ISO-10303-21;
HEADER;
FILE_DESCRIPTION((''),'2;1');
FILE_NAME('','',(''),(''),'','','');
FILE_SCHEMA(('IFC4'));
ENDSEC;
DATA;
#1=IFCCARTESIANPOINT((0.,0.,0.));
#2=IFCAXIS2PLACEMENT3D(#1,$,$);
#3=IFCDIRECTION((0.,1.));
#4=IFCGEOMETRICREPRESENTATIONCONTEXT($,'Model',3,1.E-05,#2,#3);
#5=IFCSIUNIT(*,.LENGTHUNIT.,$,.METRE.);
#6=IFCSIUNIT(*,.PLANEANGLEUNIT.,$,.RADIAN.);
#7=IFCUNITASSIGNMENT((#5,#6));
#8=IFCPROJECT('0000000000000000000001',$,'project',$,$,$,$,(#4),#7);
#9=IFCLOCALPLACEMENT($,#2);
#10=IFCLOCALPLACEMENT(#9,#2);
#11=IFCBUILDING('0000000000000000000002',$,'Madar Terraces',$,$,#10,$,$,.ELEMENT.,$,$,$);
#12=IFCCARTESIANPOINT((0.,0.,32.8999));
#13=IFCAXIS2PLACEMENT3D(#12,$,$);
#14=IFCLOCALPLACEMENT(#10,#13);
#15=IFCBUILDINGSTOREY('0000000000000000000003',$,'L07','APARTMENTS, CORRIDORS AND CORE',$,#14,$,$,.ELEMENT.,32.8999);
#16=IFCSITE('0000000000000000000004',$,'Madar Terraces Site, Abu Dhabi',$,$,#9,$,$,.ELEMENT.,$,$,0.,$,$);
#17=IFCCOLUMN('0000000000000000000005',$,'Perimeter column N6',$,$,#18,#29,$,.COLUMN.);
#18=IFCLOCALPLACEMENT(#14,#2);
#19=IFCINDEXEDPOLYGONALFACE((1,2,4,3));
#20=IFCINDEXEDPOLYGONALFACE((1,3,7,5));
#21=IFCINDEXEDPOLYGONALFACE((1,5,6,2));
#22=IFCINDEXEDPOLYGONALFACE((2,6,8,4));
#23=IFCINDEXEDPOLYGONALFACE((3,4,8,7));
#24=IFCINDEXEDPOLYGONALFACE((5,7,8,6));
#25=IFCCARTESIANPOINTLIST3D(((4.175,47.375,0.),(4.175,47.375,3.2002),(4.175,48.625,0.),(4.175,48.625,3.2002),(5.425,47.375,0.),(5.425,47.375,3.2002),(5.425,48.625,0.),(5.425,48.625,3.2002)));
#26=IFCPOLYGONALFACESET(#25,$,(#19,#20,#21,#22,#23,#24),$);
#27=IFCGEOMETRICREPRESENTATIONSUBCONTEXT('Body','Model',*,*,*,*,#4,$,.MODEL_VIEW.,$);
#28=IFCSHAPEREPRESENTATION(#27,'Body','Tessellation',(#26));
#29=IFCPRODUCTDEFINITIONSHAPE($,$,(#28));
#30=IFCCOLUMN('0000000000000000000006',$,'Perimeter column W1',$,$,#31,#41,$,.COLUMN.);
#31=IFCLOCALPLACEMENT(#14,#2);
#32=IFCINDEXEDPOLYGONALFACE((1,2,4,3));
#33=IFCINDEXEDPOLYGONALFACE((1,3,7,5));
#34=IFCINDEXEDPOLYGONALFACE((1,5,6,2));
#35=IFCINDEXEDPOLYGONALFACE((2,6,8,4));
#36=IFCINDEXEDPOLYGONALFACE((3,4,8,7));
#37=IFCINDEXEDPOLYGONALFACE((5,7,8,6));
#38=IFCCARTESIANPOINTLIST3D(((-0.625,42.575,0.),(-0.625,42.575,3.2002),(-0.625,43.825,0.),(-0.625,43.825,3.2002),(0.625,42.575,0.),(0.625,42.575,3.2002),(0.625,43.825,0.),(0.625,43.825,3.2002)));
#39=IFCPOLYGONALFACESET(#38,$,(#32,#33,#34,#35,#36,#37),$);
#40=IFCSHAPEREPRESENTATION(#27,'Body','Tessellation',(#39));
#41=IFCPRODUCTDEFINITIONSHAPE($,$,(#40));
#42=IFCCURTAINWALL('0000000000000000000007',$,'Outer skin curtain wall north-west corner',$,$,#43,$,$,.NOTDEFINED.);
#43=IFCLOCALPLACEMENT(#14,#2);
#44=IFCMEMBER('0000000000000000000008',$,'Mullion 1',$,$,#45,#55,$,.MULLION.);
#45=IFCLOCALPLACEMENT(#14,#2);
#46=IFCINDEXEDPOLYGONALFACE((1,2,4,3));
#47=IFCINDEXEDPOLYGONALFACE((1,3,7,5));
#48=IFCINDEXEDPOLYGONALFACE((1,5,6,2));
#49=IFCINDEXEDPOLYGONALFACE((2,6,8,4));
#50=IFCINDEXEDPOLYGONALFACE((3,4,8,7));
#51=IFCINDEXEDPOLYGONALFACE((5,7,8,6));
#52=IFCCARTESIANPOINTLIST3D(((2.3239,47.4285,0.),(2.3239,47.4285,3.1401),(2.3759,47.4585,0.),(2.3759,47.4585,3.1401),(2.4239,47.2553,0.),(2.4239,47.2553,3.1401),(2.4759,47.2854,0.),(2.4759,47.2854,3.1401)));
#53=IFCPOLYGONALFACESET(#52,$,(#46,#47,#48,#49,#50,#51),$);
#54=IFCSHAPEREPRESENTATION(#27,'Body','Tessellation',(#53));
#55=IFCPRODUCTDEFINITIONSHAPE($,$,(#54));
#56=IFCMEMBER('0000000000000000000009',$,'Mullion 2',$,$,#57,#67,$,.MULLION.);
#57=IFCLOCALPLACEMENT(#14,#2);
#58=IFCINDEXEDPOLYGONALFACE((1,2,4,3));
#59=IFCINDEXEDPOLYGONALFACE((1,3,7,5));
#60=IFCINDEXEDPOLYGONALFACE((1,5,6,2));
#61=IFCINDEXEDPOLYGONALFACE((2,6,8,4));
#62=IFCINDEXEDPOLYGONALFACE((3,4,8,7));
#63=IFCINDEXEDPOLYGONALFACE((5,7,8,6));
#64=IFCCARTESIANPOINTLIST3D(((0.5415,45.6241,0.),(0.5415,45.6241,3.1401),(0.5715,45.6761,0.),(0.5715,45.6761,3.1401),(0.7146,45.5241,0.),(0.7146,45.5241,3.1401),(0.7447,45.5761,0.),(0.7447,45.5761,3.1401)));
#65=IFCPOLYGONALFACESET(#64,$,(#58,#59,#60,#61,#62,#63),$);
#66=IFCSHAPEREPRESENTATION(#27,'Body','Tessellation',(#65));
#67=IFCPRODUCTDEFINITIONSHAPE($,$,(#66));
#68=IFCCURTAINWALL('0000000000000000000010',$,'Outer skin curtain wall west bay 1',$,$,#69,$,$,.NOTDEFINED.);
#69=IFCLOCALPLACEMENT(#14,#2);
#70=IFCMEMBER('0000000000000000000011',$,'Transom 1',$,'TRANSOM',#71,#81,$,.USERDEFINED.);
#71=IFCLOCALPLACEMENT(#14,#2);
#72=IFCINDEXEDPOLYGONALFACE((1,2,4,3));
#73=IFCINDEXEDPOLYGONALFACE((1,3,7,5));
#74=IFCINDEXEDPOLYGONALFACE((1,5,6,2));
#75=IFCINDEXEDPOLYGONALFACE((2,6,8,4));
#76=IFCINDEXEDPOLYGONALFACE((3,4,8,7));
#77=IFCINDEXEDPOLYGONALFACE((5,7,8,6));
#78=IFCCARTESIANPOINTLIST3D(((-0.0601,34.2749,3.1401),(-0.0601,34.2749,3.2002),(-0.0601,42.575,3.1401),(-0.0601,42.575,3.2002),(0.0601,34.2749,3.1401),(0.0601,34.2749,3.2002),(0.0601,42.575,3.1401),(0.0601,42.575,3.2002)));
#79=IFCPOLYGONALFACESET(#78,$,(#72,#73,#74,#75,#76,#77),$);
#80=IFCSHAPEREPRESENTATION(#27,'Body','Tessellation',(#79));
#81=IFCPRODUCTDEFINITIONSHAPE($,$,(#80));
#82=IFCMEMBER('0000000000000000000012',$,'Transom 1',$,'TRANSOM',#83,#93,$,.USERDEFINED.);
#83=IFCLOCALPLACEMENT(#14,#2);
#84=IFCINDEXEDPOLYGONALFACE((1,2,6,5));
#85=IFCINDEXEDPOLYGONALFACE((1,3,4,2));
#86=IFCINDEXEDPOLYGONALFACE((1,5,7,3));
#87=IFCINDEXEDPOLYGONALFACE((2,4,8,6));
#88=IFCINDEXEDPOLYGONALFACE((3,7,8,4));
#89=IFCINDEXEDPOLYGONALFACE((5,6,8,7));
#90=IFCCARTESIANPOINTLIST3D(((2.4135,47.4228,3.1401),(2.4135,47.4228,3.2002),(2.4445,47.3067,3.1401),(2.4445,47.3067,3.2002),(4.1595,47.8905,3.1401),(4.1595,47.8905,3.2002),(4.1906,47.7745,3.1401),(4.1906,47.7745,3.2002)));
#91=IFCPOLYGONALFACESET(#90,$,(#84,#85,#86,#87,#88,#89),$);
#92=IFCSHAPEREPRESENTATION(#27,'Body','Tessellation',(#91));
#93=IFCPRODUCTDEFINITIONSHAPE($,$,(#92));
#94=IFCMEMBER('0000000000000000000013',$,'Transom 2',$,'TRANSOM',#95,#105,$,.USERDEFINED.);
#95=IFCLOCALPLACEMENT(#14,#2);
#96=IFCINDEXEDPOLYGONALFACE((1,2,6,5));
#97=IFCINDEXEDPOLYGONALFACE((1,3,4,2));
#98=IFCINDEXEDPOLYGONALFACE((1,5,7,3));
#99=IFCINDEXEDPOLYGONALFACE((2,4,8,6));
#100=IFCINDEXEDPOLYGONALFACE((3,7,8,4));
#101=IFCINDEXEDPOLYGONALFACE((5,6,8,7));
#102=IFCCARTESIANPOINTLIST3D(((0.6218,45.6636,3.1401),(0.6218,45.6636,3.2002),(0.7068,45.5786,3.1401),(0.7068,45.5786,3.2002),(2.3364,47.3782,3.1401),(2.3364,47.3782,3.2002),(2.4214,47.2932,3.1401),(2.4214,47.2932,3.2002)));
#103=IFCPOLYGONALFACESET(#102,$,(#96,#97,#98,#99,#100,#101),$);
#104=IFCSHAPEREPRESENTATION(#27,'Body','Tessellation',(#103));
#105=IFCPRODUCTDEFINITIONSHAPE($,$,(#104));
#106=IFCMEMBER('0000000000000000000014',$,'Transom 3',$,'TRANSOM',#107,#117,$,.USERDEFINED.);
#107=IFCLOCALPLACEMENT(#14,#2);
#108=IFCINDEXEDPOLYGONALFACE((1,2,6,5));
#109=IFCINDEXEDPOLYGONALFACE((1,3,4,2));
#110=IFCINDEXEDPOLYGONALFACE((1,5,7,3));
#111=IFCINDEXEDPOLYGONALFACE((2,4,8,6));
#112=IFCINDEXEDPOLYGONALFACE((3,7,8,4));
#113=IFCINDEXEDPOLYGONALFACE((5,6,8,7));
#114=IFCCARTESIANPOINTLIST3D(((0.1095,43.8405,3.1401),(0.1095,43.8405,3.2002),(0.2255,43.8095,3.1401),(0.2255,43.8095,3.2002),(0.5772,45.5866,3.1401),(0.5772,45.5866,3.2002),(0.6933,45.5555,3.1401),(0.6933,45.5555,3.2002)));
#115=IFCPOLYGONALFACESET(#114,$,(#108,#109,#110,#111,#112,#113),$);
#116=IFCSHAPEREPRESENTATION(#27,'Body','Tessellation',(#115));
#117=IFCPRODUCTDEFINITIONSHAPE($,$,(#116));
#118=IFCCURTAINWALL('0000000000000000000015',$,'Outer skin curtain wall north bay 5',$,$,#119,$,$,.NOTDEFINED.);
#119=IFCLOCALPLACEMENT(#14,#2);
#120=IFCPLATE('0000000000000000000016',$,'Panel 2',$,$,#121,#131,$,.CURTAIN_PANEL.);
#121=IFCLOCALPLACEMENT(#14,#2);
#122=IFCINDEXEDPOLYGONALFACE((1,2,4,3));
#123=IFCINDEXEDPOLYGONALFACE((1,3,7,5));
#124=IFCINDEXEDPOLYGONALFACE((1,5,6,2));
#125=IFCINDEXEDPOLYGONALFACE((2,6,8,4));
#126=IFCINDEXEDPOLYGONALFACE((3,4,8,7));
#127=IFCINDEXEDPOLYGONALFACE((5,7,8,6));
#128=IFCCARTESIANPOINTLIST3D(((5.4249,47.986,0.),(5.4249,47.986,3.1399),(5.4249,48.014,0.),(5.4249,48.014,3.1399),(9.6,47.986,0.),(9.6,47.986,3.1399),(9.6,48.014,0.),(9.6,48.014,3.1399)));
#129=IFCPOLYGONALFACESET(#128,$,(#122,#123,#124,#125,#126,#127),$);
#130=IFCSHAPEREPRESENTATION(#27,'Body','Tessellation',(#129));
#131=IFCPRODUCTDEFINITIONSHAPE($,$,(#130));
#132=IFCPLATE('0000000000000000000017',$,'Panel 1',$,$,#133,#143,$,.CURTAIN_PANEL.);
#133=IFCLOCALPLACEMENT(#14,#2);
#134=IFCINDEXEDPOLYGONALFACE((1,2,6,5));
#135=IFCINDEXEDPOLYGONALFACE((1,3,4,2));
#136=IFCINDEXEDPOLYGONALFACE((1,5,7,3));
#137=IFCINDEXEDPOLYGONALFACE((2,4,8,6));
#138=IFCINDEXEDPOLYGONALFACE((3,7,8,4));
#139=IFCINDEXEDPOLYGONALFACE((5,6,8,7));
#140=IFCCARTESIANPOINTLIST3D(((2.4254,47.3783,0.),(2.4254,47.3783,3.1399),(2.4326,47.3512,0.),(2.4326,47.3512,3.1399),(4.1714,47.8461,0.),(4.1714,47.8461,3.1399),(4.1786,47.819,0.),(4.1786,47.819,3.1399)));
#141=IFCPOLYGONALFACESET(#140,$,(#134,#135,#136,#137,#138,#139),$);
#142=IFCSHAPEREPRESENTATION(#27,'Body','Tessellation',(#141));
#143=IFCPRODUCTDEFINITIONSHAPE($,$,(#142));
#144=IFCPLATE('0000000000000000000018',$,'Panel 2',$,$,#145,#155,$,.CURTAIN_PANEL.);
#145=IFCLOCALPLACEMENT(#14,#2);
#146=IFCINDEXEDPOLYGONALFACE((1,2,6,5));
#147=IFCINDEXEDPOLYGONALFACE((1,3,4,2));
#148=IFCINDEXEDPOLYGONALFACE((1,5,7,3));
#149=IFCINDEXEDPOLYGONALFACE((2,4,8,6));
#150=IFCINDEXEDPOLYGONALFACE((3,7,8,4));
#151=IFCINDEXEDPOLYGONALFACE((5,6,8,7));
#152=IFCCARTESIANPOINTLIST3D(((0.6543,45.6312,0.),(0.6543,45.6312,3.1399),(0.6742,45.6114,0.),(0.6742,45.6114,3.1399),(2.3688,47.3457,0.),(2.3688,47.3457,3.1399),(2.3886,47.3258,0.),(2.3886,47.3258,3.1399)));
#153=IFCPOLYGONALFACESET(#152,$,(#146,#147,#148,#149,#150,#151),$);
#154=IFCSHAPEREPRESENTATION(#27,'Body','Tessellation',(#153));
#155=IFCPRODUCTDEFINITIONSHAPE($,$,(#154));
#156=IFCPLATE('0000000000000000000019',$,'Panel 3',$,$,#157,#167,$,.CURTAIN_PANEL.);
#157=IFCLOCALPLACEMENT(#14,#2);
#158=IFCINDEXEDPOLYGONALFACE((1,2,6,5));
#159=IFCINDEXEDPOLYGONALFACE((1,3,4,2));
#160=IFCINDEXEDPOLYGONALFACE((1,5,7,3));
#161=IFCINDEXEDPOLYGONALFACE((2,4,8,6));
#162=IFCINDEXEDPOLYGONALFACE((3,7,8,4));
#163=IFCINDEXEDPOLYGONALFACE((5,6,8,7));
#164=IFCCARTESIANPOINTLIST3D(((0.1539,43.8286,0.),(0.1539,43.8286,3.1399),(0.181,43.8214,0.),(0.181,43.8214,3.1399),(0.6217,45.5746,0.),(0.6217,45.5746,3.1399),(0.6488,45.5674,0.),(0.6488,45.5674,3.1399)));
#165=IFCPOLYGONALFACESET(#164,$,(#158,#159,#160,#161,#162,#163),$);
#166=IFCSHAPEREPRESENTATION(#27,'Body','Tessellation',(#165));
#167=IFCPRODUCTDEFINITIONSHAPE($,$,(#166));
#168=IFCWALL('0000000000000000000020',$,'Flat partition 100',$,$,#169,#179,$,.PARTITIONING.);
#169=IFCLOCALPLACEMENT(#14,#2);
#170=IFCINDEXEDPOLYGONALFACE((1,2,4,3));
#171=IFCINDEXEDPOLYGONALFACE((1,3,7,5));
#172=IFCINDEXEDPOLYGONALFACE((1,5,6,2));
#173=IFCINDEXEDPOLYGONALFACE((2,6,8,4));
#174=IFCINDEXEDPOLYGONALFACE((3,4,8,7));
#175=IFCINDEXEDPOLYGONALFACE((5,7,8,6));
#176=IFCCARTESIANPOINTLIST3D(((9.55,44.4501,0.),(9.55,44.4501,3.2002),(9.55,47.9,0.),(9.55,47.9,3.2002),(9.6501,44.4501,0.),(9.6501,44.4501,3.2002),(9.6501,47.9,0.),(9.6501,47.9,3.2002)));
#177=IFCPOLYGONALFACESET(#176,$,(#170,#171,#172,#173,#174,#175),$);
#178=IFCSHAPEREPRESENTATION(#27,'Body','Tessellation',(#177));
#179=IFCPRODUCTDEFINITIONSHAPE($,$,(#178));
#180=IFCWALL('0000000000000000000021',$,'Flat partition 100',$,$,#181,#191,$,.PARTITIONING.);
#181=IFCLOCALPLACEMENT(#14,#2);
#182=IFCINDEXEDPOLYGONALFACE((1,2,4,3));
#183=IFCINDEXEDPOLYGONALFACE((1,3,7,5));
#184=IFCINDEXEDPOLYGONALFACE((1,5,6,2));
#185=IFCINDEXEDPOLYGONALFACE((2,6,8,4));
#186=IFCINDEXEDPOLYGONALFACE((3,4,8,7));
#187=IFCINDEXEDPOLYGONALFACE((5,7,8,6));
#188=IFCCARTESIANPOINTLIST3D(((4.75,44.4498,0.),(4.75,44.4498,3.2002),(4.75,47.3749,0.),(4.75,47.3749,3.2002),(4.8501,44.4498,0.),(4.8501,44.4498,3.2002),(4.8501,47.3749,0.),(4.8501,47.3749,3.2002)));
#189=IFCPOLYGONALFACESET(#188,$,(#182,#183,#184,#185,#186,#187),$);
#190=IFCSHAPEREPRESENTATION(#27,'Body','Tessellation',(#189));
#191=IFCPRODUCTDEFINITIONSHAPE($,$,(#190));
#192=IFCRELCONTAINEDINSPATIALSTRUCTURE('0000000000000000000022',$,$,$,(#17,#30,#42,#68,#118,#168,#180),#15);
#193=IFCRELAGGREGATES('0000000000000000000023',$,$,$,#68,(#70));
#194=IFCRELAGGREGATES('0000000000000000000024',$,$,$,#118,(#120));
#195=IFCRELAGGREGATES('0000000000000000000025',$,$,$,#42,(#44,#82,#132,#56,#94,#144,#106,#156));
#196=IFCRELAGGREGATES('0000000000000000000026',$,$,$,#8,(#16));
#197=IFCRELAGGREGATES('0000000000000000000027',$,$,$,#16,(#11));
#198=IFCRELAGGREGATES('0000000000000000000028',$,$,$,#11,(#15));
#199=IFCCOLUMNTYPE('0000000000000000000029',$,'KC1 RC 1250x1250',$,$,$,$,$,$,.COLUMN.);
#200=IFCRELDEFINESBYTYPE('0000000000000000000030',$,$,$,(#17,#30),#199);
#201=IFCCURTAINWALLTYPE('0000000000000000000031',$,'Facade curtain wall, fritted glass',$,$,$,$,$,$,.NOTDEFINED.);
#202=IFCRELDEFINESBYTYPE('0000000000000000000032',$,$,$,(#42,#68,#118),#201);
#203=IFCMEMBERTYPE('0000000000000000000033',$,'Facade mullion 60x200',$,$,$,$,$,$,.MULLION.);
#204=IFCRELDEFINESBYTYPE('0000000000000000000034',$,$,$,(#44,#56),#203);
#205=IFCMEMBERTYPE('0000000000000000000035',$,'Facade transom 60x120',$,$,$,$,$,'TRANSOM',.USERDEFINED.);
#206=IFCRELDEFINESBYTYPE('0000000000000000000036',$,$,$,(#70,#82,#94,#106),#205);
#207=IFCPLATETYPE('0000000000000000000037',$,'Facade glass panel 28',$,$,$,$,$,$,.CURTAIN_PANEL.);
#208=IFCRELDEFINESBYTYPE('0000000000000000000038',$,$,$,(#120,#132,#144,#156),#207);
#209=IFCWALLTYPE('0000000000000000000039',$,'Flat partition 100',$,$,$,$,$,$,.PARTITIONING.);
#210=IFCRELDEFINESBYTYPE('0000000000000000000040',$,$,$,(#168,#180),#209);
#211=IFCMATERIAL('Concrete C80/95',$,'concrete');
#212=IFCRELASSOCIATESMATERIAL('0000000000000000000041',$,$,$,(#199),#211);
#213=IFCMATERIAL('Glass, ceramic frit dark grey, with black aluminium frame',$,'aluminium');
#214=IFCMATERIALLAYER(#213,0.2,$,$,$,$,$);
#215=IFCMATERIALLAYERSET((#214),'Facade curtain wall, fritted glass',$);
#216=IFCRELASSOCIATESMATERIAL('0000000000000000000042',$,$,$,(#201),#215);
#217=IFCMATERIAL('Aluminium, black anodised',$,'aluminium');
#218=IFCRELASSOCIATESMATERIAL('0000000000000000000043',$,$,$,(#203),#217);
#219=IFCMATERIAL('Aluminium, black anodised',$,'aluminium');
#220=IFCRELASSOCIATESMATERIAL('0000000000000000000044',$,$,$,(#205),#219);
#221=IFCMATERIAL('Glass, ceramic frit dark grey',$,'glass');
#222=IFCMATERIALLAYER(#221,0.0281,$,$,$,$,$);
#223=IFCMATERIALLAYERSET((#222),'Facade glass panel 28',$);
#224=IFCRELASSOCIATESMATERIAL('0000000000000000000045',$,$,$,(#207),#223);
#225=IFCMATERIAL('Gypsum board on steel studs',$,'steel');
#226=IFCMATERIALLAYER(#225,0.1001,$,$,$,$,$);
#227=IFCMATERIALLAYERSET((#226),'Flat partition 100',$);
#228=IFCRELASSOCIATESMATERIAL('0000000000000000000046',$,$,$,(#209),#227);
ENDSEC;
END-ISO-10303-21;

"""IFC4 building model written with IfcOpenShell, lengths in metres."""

from ifc_helpers import new_model, si_unit, direction, frame, frame_2d, origin, origin_2d, place, context, subcontext, project, spatial, rectangle, extrude, material, layer, layer_set, material_profile, profile_set, type_object, element, aggregate, save


model = new_model("IFC4")

# Units and contexts
model_context = context("Model", 3, precision=1e-05, world=origin(), true_north=direction((0.0, 1.0)))
body_context = subcontext(model_context, "Body", "Model", "MODEL_VIEW")
ifc_project = project(units=[si_unit("LENGTHUNIT", "METRE"), si_unit("PLANEANGLEUNIT", "RADIAN")], contexts=[model_context])

# Site, building, storey
site_placement = place(None, origin())
site = spatial("IfcSite", under=ifc_project, at=site_placement, Name="Madar Terraces Site, Abu Dhabi", CompositionType="ELEMENT", RefElevation=0.0)
building_placement = place(site_placement, origin())
building = spatial("IfcBuilding", under=site, at=building_placement, Name="Madar Terraces", CompositionType="ELEMENT")
storey_placement = place(building_placement, frame((0.0, 0.0, 32.8999)))
storey = spatial("IfcBuildingStorey", under=building, at=storey_placement, Name="L07", Description="APARTMENTS, CORRIDORS AND CORE", CompositionType="ELEMENT", Elevation=32.8999)

# Columns
ifc_material_1 = material(Name="Concrete C80/95", Category="concrete")
ifc_material_profile_1 = material_profile(ifc_material_1, rectangle(XDim=1.25, YDim=1.25, at=origin_2d()), Name="KC1 RC 1250x1250")
ifc_profile_set_1 = profile_set([ifc_material_profile_1], Name="Concrete C80/95")
column_type = type_object("IfcColumnType", Name="KC1 RC 1250x1250", PredefinedType="COLUMN", material=ifc_profile_set_1)
for number, where, z_axis, x_axis, name in (
    (1, (4.8, 48.0, 0.0), (0.0, 0.0, 1.0), (1.0, 0.0, 0.0), "Perimeter column N6"),
    (2, (0.0, 43.2, 0.0), (0.0, 0.0, 1.0), (1.0, 0.0, 0.0), "Perimeter column W1"),
):
    element("IfcColumn", number, at=place(storey_placement, frame(where, z_axis=z_axis, x_axis=x_axis)), inside=storey, type_object=column_type, Name=name, PredefinedType="COLUMN", context=body_context, shape_type="SweptSolid", body=[
        extrude(rectangle(XDim=1.25, YDim=1.25, at=origin_2d()), origin(), (0.0, 0.0, 1.0), 3.2002),
    ])

# Curtain wall, members
ifc_material_2 = material(Name="Glass, ceramic frit dark grey, with black aluminium frame", Category="aluminium")
ifc_layer_1 = layer(ifc_material_2, 0.2)
ifc_layer_set_1 = layer_set([ifc_layer_1], Name="Facade curtain wall, fritted glass")
curtain_wall_type = type_object("IfcCurtainWallType", Name="Facade curtain wall, fritted glass", PredefinedType="NOTDEFINED", material=ifc_layer_set_1)
curtain_wall_1_placement = place(storey_placement, origin())
curtain_wall_1 = element("IfcCurtainWall", 3, at=curtain_wall_1_placement, inside=storey, type_object=curtain_wall_type, Name="Outer skin curtain wall north-west corner", PredefinedType="NOTDEFINED")
ifc_material_3 = material(Name="Aluminium, black anodised", Category="aluminium")
ifc_material_profile_2 = material_profile(ifc_material_3, rectangle(XDim=0.2, YDim=0.0601, at=origin_2d()), Name="Facade mullion 60x200")
ifc_profile_set_2 = profile_set([ifc_material_profile_2], Name="Aluminium, black anodised")
member_type_1 = type_object("IfcMemberType", Name="Facade mullion 60x200", PredefinedType="MULLION", material=ifc_profile_set_2)
member_1_placement = place(storey_placement, frame((2.3999, 47.3569, 0.0), z_axis=(0.0, 0.0, 1.0), x_axis=(0.5, -0.866025, 0.0)))
member_1 = element("IfcMember", 4, at=member_1_placement, type_object=member_type_1, Name="Mullion 1", PredefinedType="MULLION", context=body_context, shape_type="SweptSolid", body=[
    extrude(rectangle(XDim=0.2, YDim=0.0601, at=origin_2d()), origin(), (0.0, 0.0, 1.0), 3.1401),
])
member_2_placement = place(storey_placement, frame((0.6431, 45.6001, 0.0), z_axis=(0.0, 0.0, 1.0), x_axis=(0.866025, -0.5, 0.0)))
member_2 = element("IfcMember", 5, at=member_2_placement, type_object=member_type_1, Name="Mullion 2", PredefinedType="MULLION", context=body_context, shape_type="SweptSolid", body=[
    extrude(rectangle(XDim=0.2, YDim=0.0601, at=origin_2d()), origin(), (0.0, 0.0, 1.0), 3.1401),
])

# Curtain wall, member
curtain_wall_2_placement = place(storey_placement, origin())
curtain_wall_2 = element("IfcCurtainWall", 6, at=curtain_wall_2_placement, inside=storey, type_object=curtain_wall_type, Name="Outer skin curtain wall west bay 1", PredefinedType="NOTDEFINED")
ifc_material_4 = material(Name="Aluminium, black anodised", Category="aluminium")
ifc_material_profile_3 = material_profile(ifc_material_4, rectangle(XDim=0.1201, YDim=0.0601, at=origin_2d()), Name="Facade transom 60x120")
ifc_profile_set_3 = profile_set([ifc_material_profile_3], Name="Aluminium, black anodised")
member_type_2 = type_object("IfcMemberType", Name="Facade transom 60x120", ElementType="TRANSOM", PredefinedType="USERDEFINED", material=ifc_profile_set_3)
member_3_placement = place(storey_placement, frame((0.0, 42.575, 3.1702), z_axis=(0.0, -1.0, 0.0), x_axis=(1.0, 0.0, 0.0)))
member_3 = element("IfcMember", 7, at=member_3_placement, type_object=member_type_2, Name="Transom 1", ObjectType="TRANSOM", PredefinedType="USERDEFINED", context=body_context, shape_type="SweptSolid", body=[
    extrude(rectangle(XDim=0.1201, YDim=0.0601, at=origin_2d()), origin(), (0.0, 0.0, 1.0), 8.3),
])
aggregate(curtain_wall_2, [member_3])

# Members
member_4_placement = place(storey_placement, frame((4.175, 47.8325, 3.1702), z_axis=(-0.965938, -0.258772, 0.0), x_axis=(0.258772, -0.965938, 0.0)))
member_4 = element("IfcMember", 8, at=member_4_placement, type_object=member_type_2, Name="Transom 1", ObjectType="TRANSOM", PredefinedType="USERDEFINED", context=body_context, shape_type="SweptSolid", body=[
    extrude(rectangle(XDim=0.1201, YDim=0.0601, at=origin_2d()), origin(), (0.0, 0.0, 1.0), 1.8076),
])
member_5_placement = place(storey_placement, frame((2.3789, 47.3357, 3.1702), z_axis=(-0.707107, -0.707107, 0.0), x_axis=(0.707107, -0.707107, 0.0)))
member_5 = element("IfcMember", 9, at=member_5_placement, type_object=member_type_2, Name="Transom 2", ObjectType="TRANSOM", PredefinedType="USERDEFINED", context=body_context, shape_type="SweptSolid", body=[
    extrude(rectangle(XDim=0.1201, YDim=0.0601, at=origin_2d()), origin(), (0.0, 0.0, 1.0), 2.4248),
])
member_6_placement = place(storey_placement, frame((0.6353, 45.571, 3.1702), z_axis=(-0.258772, -0.965938, 0.0), x_axis=(0.965938, -0.258772, 0.0)))
member_6 = element("IfcMember", 10, at=member_6_placement, type_object=member_type_2, Name="Transom 3", ObjectType="TRANSOM", PredefinedType="USERDEFINED", context=body_context, shape_type="SweptSolid", body=[
    extrude(rectangle(XDim=0.1201, YDim=0.0601, at=origin_2d()), origin(), (0.0, 0.0, 1.0), 1.8076),
])

# Curtain wall, plate
curtain_wall_3_placement = place(storey_placement, origin())
curtain_wall_3 = element("IfcCurtainWall", 11, at=curtain_wall_3_placement, inside=storey, type_object=curtain_wall_type, Name="Outer skin curtain wall north bay 5", PredefinedType="NOTDEFINED")
ifc_material_5 = material(Name="Glass, ceramic frit dark grey", Category="glass")
ifc_layer_2 = layer(ifc_material_5, 0.0281)
ifc_layer_set_2 = layer_set([ifc_layer_2], Name="Facade glass panel 28")
plate_type = type_object("IfcPlateType", Name="Facade glass panel 28", PredefinedType="CURTAIN_PANEL", material=ifc_layer_set_2)
plate_1_placement = place(storey_placement, frame((7.5125, 48.0, 0.0), z_axis=(0.0, 0.0, 1.0), x_axis=(-1.0, 0.0, 0.0)))
plate_1 = element("IfcPlate", 12, at=plate_1_placement, type_object=plate_type, Name="Panel 2", PredefinedType="CURTAIN_PANEL", context=body_context, shape_type="SweptSolid", body=[
    extrude(rectangle(XDim=4.175, YDim=0.0281, at=origin_2d()), origin(), (0.0, 0.0, 1.0), 3.1399),
])
aggregate(curtain_wall_3, [plate_1])

# Plates
plate_2_placement = place(storey_placement, frame((3.302, 47.5986, 0.0), z_axis=(0.0, 0.0, 1.0), x_axis=(-0.965926, -0.258819, 0.0)))
plate_2 = element("IfcPlate", 13, at=plate_2_placement, type_object=plate_type, Name="Panel 1", PredefinedType="CURTAIN_PANEL", context=body_context, shape_type="SweptSolid", body=[
    extrude(rectangle(XDim=1.8076, YDim=0.0281, at=origin_2d()), origin(), (0.0, 0.0, 1.0), 3.1399),
])
plate_3_placement = place(storey_placement, frame((1.5215, 46.4785, 0.0), z_axis=(0.0, 0.0, 1.0), x_axis=(-0.707107, -0.707107, 0.0)))
plate_3 = element("IfcPlate", 14, at=plate_3_placement, type_object=plate_type, Name="Panel 2", PredefinedType="CURTAIN_PANEL", context=body_context, shape_type="SweptSolid", body=[
    extrude(rectangle(XDim=2.4246, YDim=0.0281, at=origin_2d()), origin(), (0.0, 0.0, 1.0), 3.1399),
])
plate_4_placement = place(storey_placement, frame((0.4014, 44.698, 0.0), z_axis=(0.0, 0.0, 1.0), x_axis=(-0.258819, -0.965926, 0.0)))
plate_4 = element("IfcPlate", 15, at=plate_4_placement, type_object=plate_type, Name="Panel 3", PredefinedType="CURTAIN_PANEL", context=body_context, shape_type="SweptSolid", body=[
    extrude(rectangle(XDim=1.8076, YDim=0.0281, at=origin_2d()), origin(), (0.0, 0.0, 1.0), 3.1399),
])
aggregate(curtain_wall_1, [member_1, member_4, plate_2, member_2, member_5, plate_3, member_6, plate_4])

# Walls
ifc_material_6 = material(Name="Gypsum board on steel studs", Category="steel")
ifc_layer_3 = layer(ifc_material_6, 0.1001)
ifc_layer_set_3 = layer_set([ifc_layer_3], Name="Flat partition 100")
wall_type_1 = type_object("IfcWallType", Name="Flat partition 100", PredefinedType="PARTITIONING", material=ifc_layer_set_3)
wall_1_placement = place(storey_placement, frame((9.6001, 44.45, 0.0), z_axis=(0.0, 0.0, 1.0), x_axis=(0.0, 1.0, 0.0)))
element("IfcWall", 16, at=wall_1_placement, inside=storey, type_object=wall_type_1, Name="Flat partition 100", PredefinedType="PARTITIONING", context=body_context, shape_type="SweptSolid", body=[
    extrude(rectangle(XDim=3.45, YDim=0.1001, at=frame_2d((1.7251, 0.0))), origin(), (0.0, 0.0, 1.0), 3.2002),
])
wall_2_placement = place(storey_placement, frame((4.8, 44.45, 0.0), z_axis=(0.0, 0.0, 1.0), x_axis=(0.0, 1.0, 0.0)))
element("IfcWall", 17, at=wall_2_placement, inside=storey, type_object=wall_type_1, Name="Flat partition 100", PredefinedType="PARTITIONING", context=body_context, shape_type="SweptSolid", body=[
    extrude(rectangle(XDim=2.925, YDim=0.1001, at=frame_2d((1.4624, 0.0))), origin(), (0.0, 0.0, 1.0), 3.2002),
])

save(model, "model.ifc")
